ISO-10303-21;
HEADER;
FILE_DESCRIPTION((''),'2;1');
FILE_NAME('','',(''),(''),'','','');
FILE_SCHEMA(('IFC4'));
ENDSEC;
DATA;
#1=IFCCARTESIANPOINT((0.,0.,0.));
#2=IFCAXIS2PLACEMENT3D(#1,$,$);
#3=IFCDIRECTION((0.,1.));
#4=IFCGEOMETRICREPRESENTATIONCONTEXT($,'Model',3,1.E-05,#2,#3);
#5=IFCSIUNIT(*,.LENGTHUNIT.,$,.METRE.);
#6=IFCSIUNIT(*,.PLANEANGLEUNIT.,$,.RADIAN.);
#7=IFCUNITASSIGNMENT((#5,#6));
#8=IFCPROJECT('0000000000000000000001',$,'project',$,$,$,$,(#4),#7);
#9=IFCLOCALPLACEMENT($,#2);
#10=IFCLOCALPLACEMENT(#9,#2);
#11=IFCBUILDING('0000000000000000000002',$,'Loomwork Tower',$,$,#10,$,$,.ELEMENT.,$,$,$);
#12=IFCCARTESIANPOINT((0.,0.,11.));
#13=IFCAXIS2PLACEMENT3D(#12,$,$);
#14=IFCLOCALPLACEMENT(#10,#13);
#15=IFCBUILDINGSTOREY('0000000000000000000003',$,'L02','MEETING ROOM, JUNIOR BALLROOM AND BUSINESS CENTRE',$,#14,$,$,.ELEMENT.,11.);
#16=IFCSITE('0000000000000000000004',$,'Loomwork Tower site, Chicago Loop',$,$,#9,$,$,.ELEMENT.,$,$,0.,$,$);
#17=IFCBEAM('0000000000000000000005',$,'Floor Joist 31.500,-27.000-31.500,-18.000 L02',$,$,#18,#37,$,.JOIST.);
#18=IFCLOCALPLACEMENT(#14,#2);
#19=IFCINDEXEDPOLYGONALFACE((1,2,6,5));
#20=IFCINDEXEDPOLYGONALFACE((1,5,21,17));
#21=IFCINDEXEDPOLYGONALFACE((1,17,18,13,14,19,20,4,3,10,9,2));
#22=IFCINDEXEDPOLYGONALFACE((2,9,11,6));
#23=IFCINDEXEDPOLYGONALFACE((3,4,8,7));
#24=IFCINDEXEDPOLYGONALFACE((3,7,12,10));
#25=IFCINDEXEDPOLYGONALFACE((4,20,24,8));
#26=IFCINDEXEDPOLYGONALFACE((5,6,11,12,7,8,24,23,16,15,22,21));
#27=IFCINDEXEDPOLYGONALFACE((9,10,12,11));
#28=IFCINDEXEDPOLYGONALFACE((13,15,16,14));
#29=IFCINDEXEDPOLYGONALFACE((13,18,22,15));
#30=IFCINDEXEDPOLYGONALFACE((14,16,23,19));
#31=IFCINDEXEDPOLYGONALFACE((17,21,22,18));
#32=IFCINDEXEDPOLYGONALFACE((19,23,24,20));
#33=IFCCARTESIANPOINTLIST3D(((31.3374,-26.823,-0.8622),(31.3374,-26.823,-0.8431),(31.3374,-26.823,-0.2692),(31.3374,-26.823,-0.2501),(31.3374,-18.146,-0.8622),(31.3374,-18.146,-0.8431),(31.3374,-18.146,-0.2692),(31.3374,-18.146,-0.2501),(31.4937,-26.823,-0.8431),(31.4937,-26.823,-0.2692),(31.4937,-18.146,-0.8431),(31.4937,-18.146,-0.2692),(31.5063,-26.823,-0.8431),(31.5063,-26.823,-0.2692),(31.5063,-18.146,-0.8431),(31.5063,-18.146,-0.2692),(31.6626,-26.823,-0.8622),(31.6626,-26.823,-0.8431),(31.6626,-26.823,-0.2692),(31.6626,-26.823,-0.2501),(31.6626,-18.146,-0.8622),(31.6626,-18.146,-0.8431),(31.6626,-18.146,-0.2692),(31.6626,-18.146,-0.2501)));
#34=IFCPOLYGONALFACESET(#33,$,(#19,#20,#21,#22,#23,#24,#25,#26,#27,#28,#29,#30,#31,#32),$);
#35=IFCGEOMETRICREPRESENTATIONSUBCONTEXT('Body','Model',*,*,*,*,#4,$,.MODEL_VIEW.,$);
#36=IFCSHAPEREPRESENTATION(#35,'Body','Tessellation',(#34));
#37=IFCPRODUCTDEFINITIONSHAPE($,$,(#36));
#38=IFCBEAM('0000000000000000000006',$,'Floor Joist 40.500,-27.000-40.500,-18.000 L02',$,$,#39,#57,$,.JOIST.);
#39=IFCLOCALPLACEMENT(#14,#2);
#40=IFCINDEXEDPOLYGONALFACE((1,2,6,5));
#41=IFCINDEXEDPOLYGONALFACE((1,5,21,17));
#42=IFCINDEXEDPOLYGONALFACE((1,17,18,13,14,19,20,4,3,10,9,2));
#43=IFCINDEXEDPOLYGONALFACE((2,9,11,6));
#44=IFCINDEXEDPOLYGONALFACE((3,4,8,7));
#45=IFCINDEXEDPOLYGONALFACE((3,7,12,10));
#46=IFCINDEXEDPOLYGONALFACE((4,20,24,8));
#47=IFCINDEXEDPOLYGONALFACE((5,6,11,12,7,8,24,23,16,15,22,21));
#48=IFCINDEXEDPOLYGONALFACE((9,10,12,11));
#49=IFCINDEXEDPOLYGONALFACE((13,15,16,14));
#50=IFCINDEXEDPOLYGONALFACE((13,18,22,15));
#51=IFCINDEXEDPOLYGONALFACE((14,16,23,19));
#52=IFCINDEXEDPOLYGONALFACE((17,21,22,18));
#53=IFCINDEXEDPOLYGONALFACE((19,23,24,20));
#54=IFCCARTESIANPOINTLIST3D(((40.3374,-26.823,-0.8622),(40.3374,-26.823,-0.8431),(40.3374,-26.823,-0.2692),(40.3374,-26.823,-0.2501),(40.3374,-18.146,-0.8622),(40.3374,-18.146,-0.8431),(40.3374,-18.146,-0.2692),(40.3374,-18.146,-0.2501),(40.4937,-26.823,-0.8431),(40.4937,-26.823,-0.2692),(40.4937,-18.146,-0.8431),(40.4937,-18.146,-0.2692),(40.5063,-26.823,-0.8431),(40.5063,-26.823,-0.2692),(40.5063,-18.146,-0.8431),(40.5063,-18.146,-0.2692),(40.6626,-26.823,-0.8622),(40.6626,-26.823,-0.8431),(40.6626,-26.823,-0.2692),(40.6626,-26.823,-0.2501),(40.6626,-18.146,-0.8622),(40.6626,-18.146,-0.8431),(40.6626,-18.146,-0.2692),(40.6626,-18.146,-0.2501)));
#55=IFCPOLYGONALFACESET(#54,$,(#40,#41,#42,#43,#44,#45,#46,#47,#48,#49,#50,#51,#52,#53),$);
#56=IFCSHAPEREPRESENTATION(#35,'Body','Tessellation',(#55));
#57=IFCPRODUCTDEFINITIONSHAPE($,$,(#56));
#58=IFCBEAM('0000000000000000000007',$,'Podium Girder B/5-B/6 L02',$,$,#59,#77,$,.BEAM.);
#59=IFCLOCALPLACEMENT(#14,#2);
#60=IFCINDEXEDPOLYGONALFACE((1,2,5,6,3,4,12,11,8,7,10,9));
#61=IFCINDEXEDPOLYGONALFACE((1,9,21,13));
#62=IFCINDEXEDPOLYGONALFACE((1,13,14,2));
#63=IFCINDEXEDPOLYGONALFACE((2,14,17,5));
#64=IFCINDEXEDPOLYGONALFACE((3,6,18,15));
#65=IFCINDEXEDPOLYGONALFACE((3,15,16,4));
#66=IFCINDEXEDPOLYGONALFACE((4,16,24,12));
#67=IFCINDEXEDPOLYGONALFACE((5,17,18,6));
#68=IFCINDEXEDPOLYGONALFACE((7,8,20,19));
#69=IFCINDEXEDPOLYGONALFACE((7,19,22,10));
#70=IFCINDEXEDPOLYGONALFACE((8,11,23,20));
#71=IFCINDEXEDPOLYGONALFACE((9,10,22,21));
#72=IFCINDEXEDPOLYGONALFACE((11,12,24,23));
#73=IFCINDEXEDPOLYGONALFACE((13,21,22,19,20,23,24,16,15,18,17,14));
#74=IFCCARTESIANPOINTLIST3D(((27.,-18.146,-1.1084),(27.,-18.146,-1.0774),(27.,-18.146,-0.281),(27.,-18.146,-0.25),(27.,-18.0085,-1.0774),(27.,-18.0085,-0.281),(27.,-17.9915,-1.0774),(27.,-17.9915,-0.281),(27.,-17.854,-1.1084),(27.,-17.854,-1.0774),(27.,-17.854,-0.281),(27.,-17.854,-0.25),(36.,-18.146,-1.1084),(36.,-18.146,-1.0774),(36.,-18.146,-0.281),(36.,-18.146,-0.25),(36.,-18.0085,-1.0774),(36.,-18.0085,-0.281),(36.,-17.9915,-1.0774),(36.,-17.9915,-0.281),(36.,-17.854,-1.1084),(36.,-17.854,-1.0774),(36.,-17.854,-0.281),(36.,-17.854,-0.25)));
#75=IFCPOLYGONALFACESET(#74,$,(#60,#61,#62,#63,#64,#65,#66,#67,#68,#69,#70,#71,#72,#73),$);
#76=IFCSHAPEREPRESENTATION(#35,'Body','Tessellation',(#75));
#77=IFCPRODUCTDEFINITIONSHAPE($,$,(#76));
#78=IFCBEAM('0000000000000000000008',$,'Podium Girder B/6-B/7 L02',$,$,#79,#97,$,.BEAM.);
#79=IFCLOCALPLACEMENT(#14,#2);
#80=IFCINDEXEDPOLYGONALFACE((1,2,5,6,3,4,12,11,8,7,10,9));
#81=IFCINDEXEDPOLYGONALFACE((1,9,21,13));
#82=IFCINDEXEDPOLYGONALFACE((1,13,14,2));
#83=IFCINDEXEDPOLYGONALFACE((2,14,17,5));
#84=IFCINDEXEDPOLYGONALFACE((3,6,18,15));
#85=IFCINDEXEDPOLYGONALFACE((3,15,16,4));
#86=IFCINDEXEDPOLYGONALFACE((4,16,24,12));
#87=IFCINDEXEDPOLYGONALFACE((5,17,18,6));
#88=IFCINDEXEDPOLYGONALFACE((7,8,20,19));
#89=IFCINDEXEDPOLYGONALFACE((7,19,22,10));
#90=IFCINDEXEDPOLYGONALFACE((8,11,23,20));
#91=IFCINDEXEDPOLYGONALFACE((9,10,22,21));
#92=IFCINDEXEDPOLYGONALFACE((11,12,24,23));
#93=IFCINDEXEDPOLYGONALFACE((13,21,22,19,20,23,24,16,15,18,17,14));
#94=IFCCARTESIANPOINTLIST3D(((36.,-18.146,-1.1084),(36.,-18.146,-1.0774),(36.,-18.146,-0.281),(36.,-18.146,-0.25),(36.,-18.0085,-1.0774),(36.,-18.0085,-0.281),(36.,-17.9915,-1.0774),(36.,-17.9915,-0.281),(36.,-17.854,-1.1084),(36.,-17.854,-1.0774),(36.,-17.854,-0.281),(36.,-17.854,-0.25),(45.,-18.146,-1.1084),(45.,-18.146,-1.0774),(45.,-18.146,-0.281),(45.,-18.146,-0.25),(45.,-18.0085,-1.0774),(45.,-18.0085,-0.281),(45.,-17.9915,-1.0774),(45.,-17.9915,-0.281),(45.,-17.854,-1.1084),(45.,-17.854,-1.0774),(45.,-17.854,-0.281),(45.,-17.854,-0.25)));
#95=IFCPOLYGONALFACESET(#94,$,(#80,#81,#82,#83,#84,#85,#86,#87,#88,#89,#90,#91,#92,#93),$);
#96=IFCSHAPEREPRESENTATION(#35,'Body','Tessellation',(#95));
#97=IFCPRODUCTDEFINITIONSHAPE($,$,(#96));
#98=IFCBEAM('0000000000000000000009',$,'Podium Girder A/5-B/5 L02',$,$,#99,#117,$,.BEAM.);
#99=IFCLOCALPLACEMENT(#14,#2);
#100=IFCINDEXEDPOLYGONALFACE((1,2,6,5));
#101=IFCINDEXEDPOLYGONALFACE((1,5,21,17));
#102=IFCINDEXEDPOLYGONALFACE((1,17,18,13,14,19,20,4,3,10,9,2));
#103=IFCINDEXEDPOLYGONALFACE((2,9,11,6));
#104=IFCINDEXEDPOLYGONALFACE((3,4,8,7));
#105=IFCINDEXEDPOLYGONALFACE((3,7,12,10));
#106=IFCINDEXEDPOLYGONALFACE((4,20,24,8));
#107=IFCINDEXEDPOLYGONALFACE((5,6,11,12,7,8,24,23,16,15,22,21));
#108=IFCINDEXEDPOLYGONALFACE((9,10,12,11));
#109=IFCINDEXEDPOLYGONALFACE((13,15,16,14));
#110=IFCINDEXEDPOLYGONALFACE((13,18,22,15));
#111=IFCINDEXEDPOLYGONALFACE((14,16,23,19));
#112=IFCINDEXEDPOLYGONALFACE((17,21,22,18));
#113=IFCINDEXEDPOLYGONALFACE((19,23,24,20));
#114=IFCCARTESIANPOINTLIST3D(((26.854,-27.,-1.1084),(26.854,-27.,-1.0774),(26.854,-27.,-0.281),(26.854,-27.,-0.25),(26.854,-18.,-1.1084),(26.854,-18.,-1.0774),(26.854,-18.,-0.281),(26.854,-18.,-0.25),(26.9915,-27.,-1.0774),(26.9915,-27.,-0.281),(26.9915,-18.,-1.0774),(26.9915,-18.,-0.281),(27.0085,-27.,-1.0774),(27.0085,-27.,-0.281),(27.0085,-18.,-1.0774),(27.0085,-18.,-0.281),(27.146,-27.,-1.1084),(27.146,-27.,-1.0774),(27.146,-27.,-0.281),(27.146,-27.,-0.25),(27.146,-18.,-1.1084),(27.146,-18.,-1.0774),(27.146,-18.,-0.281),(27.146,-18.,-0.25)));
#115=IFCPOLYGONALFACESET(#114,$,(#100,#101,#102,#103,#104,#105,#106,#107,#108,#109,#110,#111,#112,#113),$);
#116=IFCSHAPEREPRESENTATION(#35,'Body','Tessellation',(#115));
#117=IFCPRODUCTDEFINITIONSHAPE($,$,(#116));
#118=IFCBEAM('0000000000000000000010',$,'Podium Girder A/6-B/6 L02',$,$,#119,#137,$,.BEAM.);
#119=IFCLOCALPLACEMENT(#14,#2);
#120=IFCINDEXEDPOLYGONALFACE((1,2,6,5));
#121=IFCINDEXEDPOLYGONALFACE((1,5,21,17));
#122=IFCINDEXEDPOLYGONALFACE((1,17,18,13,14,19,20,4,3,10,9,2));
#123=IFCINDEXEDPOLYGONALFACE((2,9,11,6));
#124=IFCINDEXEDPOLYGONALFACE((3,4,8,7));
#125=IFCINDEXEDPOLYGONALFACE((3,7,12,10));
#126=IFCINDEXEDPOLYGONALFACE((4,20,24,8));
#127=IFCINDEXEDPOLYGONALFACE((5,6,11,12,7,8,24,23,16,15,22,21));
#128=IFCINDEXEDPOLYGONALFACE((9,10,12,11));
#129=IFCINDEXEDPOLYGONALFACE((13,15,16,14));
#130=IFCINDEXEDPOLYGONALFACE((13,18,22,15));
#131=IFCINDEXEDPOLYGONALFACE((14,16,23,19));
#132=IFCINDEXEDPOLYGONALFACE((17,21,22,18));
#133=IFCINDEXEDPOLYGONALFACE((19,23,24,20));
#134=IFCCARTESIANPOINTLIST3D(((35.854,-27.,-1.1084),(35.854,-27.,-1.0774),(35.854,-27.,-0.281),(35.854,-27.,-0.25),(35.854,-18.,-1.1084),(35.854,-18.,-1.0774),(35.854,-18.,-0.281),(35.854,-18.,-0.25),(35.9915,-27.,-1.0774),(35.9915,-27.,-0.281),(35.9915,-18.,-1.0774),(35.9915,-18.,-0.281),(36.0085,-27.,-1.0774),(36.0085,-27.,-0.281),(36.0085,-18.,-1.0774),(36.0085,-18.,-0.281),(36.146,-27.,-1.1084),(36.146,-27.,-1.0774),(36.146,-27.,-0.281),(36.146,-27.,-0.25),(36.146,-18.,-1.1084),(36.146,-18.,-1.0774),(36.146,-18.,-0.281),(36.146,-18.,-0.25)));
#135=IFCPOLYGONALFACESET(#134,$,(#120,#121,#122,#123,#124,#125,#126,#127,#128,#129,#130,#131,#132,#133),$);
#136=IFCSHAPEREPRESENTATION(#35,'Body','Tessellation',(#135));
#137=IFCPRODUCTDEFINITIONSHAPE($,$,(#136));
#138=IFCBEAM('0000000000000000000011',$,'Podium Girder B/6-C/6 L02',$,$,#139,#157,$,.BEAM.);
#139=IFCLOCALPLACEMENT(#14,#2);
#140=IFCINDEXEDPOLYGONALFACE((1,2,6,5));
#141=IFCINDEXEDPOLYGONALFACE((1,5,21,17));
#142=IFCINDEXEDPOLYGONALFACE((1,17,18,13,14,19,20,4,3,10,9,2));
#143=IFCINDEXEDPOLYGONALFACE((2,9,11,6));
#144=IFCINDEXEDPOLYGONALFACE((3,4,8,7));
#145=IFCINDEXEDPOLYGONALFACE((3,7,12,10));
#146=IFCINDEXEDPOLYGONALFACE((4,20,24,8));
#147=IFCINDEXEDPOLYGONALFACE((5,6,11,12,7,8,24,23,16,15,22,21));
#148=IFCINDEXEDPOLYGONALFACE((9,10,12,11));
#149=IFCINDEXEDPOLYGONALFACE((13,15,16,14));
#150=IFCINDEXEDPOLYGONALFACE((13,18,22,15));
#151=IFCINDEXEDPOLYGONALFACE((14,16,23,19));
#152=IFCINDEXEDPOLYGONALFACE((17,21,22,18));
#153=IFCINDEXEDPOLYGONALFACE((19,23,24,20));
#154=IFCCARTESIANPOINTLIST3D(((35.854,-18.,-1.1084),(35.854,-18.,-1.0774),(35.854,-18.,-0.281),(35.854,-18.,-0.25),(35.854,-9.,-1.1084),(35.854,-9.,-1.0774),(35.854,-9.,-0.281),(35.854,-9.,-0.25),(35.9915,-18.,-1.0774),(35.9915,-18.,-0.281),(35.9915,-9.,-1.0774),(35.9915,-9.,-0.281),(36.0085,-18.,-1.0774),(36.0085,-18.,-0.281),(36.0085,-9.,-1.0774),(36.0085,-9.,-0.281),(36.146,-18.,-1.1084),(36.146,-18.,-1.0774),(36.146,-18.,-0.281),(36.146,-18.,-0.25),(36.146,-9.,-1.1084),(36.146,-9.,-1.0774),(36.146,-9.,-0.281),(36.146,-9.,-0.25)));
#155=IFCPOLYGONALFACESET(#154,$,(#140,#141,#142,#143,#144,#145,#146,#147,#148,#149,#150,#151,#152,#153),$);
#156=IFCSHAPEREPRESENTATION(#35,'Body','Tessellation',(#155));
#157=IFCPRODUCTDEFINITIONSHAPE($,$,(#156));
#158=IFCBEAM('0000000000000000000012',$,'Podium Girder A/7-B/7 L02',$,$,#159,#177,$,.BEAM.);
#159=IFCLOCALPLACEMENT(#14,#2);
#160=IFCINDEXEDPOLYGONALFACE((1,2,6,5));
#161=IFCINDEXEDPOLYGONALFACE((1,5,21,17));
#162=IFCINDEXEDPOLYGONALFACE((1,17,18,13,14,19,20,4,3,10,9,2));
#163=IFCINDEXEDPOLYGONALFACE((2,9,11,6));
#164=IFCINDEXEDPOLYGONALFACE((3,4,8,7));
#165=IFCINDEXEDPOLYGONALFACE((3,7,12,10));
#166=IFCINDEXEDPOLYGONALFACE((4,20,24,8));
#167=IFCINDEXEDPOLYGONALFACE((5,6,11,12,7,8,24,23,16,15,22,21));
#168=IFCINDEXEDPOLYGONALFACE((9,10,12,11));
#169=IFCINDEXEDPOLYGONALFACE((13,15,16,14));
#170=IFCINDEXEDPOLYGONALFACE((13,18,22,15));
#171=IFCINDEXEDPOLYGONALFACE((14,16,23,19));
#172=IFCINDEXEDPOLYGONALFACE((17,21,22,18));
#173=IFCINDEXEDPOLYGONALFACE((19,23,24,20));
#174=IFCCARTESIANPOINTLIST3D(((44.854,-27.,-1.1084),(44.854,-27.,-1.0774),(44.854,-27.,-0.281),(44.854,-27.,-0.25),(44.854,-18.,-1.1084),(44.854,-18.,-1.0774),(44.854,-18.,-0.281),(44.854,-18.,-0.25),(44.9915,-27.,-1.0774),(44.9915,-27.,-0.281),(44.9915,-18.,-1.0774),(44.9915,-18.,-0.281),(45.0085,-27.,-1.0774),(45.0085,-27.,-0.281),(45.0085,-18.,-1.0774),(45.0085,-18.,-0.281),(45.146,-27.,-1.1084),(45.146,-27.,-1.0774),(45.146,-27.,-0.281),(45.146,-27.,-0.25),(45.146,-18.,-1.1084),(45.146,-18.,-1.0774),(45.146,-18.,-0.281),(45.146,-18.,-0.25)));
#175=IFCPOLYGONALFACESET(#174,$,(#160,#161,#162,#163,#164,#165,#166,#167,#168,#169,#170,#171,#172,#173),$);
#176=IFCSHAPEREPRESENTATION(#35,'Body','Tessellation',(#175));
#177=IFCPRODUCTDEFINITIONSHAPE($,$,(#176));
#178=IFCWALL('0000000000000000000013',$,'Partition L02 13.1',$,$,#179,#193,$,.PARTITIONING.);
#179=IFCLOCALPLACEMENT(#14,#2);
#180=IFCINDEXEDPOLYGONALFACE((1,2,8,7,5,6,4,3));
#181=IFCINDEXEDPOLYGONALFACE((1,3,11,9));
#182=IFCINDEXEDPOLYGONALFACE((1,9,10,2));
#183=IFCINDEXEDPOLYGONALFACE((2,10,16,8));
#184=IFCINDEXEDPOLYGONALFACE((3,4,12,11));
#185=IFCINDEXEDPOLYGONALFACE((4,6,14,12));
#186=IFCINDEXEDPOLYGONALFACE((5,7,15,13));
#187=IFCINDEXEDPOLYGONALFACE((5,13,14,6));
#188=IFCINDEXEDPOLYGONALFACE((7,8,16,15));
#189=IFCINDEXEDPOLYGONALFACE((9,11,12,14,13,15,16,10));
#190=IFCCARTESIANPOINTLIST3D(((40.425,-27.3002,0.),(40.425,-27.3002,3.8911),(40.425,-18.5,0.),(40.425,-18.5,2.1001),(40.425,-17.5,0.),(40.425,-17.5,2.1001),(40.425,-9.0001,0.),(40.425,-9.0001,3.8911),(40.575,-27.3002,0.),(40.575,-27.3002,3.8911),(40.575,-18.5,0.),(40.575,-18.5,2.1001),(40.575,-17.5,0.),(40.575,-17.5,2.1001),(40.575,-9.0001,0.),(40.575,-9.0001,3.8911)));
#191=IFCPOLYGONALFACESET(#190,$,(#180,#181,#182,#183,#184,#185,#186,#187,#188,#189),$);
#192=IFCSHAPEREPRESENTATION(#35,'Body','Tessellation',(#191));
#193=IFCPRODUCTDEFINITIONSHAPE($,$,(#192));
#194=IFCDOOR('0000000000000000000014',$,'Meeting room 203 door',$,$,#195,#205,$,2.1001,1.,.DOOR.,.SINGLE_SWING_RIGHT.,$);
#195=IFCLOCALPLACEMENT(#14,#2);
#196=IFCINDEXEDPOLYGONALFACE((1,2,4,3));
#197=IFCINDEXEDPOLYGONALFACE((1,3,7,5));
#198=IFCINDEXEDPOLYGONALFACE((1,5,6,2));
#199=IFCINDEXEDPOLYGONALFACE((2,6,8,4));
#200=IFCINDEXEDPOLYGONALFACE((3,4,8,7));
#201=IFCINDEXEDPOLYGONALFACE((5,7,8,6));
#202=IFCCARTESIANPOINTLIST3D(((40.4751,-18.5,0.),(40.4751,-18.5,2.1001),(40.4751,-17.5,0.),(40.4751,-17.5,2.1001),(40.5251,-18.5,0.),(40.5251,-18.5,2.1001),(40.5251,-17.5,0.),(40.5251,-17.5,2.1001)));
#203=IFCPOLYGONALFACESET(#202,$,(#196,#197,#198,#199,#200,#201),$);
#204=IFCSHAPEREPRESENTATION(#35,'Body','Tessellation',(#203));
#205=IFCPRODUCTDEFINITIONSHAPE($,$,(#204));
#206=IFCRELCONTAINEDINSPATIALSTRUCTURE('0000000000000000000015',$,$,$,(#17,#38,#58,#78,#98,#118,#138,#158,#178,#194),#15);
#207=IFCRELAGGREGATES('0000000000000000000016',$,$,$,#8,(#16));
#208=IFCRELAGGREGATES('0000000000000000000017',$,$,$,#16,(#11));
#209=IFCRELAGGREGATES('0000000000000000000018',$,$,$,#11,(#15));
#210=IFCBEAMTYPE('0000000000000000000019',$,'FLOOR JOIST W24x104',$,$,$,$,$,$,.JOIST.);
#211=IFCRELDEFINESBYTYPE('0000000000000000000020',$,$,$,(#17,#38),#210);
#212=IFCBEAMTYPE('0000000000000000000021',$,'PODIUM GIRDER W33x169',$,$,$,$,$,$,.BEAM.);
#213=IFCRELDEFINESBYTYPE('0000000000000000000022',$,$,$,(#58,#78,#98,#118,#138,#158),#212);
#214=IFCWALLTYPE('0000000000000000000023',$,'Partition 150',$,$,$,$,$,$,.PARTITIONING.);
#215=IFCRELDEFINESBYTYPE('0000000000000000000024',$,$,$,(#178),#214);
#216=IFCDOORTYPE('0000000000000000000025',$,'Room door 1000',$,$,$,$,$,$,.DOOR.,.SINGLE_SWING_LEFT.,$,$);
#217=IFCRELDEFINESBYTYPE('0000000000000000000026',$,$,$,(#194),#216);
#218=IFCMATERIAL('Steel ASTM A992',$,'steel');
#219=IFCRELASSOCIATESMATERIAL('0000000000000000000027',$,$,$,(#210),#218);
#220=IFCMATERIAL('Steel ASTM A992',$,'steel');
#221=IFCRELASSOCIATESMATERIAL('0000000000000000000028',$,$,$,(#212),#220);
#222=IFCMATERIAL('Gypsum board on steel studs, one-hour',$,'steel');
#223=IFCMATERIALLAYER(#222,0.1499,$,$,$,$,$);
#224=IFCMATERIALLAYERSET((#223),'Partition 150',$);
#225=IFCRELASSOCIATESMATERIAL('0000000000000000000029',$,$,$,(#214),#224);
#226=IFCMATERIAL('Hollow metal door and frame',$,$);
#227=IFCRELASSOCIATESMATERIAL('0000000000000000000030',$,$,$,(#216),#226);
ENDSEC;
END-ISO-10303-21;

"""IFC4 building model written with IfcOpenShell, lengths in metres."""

from ifc_helpers import new_model, si_unit, direction, frame, frame_2d, origin, origin_2d, place, context, subcontext, project, spatial, rectangle, i_section, extrude, material, layer, layer_set, material_profile, profile_set, type_object, element, fill, save


model = new_model("IFC4")

# Units and contexts
model_context = context("Model", 3, precision=1e-05, world=origin(), true_north=direction((0.0, 1.0)))
body_context = subcontext(model_context, "Body", "Model", "MODEL_VIEW")
ifc_project = project(units=[si_unit("LENGTHUNIT", "METRE"), si_unit("PLANEANGLEUNIT", "RADIAN")], contexts=[model_context])

# Site, building, storey
site_placement = place(None, origin())
site = spatial("IfcSite", under=ifc_project, at=site_placement, Name="Loomwork Tower site, Chicago Loop", CompositionType="ELEMENT", RefElevation=0.0)
building_placement = place(site_placement, origin())
building = spatial("IfcBuilding", under=site, at=building_placement, Name="Loomwork Tower", CompositionType="ELEMENT")
storey_placement = place(building_placement, frame((0.0, 0.0, 11.0)))
storey = spatial("IfcBuildingStorey", under=building, at=storey_placement, Name="L02", Description="MEETING ROOM, JUNIOR BALLROOM AND BUSINESS CENTRE", CompositionType="ELEMENT", Elevation=11.0)

# Beams
ifc_material_1 = material(Name="Steel ASTM A992", Category="steel")
ifc_material_profile_1 = material_profile(ifc_material_1, i_section(OverallWidth=0.3252, OverallDepth=0.6121, WebThickness=0.0127, FlangeThickness=0.019, at=origin_2d()), Name="W24x104")
ifc_profile_set_1 = profile_set([ifc_material_profile_1], Name="Steel ASTM A992")
beam_type_1 = type_object("IfcBeamType", Name="FLOOR JOIST W24x104", PredefinedType="JOIST", material=ifc_profile_set_1)
for number, where, z_axis, x_axis, name in (
    (1, (31.5, -26.823, -0.5562), (0.0, 1.0, 0.0), (-1.0, 0.0, 0.0), "Floor Joist 31.500,-27.000-31.500,-18.000 L02"),
    (2, (40.5, -26.823, -0.5562), (0.0, 1.0, 0.0), (-1.0, 0.0, 0.0), "Floor Joist 40.500,-27.000-40.500,-18.000 L02"),
):
    element("IfcBeam", number, at=place(storey_placement, frame(where, z_axis=z_axis, x_axis=x_axis)), inside=storey, type_object=beam_type_1, Name=name, PredefinedType="JOIST", context=body_context, shape_type="SweptSolid", body=[
        extrude(i_section(OverallWidth=0.3252, OverallDepth=0.6121, WebThickness=0.0127, FlangeThickness=0.019, at=origin_2d()), origin(), (0.0, 0.0, 1.0), 8.677),
    ])
ifc_material_2 = material(Name="Steel ASTM A992", Category="steel")
ifc_material_profile_2 = material_profile(ifc_material_2, i_section(OverallWidth=0.292, OverallDepth=0.8584, WebThickness=0.0171, FlangeThickness=0.031, at=origin_2d()), Name="W33x169")
ifc_profile_set_2 = profile_set([ifc_material_profile_2], Name="Steel ASTM A992")
beam_type_2 = type_object("IfcBeamType", Name="PODIUM GIRDER W33x169", PredefinedType="BEAM", material=ifc_profile_set_2)
for number, where, z_axis, x_axis, name in (
    (3, (27.0, -18.0, -0.6792), (1.0, 0.0, 0.0), (0.0, 1.0, 0.0), "Podium Girder B/5-B/6 L02"),
    (4, (36.0, -18.0, -0.6792), (1.0, 0.0, 0.0), (0.0, 1.0, 0.0), "Podium Girder B/6-B/7 L02"),
    (5, (27.0, -27.0, -0.6792), (0.0, 1.0, 0.0), (-1.0, 0.0, 0.0), "Podium Girder A/5-B/5 L02"),
    (6, (36.0, -27.0, -0.6792), (0.0, 1.0, 0.0), (-1.0, 0.0, 0.0), "Podium Girder A/6-B/6 L02"),
    (7, (36.0, -18.0, -0.6792), (0.0, 1.0, 0.0), (-1.0, 0.0, 0.0), "Podium Girder B/6-C/6 L02"),
    (8, (45.0, -27.0, -0.6792), (0.0, 1.0, 0.0), (-1.0, 0.0, 0.0), "Podium Girder A/7-B/7 L02"),
):
    element("IfcBeam", number, at=place(storey_placement, frame(where, z_axis=z_axis, x_axis=x_axis)), inside=storey, type_object=beam_type_2, Name=name, PredefinedType="BEAM", context=body_context, shape_type="SweptSolid", body=[
        extrude(i_section(OverallWidth=0.292, OverallDepth=0.8584, WebThickness=0.0171, FlangeThickness=0.031, at=origin_2d()), origin(), (0.0, 0.0, 1.0), 9.0),
    ])

# Wall, opening, door
ifc_material_3 = material(Name="Gypsum board on steel studs, one-hour", Category="steel")
ifc_layer = layer(ifc_material_3, 0.1499)
ifc_layer_set = layer_set([ifc_layer], Name="Partition 150")
wall_type = type_object("IfcWallType", Name="Partition 150", PredefinedType="PARTITIONING", material=ifc_layer_set)
wall_placement = place(storey_placement, frame((40.5, -27.3, 0.0), z_axis=(0.0, 0.0, 1.0), x_axis=(0.0, 1.0, 0.0)))
wall = element("IfcWall", 9, at=wall_placement, inside=storey, type_object=wall_type, Name="Partition L02 13.1", PredefinedType="PARTITIONING", context=body_context, shape_type="SweptSolid", body=[
    extrude(rectangle(XDim=18.3, YDim=0.1499, at=frame_2d((9.1499, 0.0))), origin(), (0.0, 0.0, 1.0), 3.8911),
])
opening_placement = place(wall_placement, frame((8.8, 0.0, 0.0)))
opening = element("IfcOpeningElement", 10, at=opening_placement, cuts=wall, PredefinedType="OPENING", context=body_context, shape_type="SweptSolid", body=[
    extrude(rectangle(XDim=1.0, YDim=2.1001, at=frame_2d((0.5, 1.05))), frame((0.0, 0.085, 0.0), z_axis=(0.0, -1.0, 0.0), x_axis=(1.0, 0.0, 0.0)), (0.0, 0.0, 1.0), 0.1699),
])
ifc_material_4 = material(Name="Hollow metal door and frame")
door_type = type_object("IfcDoorType", Name="Room door 1000", OperationType="SINGLE_SWING_LEFT", PredefinedType="DOOR", material=ifc_material_4)
door_placement = place(opening_placement, origin())
door = element("IfcDoor", 11, at=door_placement, inside=storey, type_object=door_type, Name="Meeting room 203 door", OperationType="SINGLE_SWING_RIGHT", OverallHeight=2.1001, OverallWidth=1.0, PredefinedType="DOOR", context=body_context, shape_type="SweptSolid", body=[
    extrude(rectangle(XDim=1.0, YDim=2.1001, at=frame_2d((0.5, 1.05))), frame((0.0, 0.0249, 0.0), z_axis=(0.0, -1.0, 0.0), x_axis=(1.0, 0.0, 0.0)), (0.0, 0.0, 1.0), 0.05),
])
fill(opening, door)

save(model, "model.ifc")
